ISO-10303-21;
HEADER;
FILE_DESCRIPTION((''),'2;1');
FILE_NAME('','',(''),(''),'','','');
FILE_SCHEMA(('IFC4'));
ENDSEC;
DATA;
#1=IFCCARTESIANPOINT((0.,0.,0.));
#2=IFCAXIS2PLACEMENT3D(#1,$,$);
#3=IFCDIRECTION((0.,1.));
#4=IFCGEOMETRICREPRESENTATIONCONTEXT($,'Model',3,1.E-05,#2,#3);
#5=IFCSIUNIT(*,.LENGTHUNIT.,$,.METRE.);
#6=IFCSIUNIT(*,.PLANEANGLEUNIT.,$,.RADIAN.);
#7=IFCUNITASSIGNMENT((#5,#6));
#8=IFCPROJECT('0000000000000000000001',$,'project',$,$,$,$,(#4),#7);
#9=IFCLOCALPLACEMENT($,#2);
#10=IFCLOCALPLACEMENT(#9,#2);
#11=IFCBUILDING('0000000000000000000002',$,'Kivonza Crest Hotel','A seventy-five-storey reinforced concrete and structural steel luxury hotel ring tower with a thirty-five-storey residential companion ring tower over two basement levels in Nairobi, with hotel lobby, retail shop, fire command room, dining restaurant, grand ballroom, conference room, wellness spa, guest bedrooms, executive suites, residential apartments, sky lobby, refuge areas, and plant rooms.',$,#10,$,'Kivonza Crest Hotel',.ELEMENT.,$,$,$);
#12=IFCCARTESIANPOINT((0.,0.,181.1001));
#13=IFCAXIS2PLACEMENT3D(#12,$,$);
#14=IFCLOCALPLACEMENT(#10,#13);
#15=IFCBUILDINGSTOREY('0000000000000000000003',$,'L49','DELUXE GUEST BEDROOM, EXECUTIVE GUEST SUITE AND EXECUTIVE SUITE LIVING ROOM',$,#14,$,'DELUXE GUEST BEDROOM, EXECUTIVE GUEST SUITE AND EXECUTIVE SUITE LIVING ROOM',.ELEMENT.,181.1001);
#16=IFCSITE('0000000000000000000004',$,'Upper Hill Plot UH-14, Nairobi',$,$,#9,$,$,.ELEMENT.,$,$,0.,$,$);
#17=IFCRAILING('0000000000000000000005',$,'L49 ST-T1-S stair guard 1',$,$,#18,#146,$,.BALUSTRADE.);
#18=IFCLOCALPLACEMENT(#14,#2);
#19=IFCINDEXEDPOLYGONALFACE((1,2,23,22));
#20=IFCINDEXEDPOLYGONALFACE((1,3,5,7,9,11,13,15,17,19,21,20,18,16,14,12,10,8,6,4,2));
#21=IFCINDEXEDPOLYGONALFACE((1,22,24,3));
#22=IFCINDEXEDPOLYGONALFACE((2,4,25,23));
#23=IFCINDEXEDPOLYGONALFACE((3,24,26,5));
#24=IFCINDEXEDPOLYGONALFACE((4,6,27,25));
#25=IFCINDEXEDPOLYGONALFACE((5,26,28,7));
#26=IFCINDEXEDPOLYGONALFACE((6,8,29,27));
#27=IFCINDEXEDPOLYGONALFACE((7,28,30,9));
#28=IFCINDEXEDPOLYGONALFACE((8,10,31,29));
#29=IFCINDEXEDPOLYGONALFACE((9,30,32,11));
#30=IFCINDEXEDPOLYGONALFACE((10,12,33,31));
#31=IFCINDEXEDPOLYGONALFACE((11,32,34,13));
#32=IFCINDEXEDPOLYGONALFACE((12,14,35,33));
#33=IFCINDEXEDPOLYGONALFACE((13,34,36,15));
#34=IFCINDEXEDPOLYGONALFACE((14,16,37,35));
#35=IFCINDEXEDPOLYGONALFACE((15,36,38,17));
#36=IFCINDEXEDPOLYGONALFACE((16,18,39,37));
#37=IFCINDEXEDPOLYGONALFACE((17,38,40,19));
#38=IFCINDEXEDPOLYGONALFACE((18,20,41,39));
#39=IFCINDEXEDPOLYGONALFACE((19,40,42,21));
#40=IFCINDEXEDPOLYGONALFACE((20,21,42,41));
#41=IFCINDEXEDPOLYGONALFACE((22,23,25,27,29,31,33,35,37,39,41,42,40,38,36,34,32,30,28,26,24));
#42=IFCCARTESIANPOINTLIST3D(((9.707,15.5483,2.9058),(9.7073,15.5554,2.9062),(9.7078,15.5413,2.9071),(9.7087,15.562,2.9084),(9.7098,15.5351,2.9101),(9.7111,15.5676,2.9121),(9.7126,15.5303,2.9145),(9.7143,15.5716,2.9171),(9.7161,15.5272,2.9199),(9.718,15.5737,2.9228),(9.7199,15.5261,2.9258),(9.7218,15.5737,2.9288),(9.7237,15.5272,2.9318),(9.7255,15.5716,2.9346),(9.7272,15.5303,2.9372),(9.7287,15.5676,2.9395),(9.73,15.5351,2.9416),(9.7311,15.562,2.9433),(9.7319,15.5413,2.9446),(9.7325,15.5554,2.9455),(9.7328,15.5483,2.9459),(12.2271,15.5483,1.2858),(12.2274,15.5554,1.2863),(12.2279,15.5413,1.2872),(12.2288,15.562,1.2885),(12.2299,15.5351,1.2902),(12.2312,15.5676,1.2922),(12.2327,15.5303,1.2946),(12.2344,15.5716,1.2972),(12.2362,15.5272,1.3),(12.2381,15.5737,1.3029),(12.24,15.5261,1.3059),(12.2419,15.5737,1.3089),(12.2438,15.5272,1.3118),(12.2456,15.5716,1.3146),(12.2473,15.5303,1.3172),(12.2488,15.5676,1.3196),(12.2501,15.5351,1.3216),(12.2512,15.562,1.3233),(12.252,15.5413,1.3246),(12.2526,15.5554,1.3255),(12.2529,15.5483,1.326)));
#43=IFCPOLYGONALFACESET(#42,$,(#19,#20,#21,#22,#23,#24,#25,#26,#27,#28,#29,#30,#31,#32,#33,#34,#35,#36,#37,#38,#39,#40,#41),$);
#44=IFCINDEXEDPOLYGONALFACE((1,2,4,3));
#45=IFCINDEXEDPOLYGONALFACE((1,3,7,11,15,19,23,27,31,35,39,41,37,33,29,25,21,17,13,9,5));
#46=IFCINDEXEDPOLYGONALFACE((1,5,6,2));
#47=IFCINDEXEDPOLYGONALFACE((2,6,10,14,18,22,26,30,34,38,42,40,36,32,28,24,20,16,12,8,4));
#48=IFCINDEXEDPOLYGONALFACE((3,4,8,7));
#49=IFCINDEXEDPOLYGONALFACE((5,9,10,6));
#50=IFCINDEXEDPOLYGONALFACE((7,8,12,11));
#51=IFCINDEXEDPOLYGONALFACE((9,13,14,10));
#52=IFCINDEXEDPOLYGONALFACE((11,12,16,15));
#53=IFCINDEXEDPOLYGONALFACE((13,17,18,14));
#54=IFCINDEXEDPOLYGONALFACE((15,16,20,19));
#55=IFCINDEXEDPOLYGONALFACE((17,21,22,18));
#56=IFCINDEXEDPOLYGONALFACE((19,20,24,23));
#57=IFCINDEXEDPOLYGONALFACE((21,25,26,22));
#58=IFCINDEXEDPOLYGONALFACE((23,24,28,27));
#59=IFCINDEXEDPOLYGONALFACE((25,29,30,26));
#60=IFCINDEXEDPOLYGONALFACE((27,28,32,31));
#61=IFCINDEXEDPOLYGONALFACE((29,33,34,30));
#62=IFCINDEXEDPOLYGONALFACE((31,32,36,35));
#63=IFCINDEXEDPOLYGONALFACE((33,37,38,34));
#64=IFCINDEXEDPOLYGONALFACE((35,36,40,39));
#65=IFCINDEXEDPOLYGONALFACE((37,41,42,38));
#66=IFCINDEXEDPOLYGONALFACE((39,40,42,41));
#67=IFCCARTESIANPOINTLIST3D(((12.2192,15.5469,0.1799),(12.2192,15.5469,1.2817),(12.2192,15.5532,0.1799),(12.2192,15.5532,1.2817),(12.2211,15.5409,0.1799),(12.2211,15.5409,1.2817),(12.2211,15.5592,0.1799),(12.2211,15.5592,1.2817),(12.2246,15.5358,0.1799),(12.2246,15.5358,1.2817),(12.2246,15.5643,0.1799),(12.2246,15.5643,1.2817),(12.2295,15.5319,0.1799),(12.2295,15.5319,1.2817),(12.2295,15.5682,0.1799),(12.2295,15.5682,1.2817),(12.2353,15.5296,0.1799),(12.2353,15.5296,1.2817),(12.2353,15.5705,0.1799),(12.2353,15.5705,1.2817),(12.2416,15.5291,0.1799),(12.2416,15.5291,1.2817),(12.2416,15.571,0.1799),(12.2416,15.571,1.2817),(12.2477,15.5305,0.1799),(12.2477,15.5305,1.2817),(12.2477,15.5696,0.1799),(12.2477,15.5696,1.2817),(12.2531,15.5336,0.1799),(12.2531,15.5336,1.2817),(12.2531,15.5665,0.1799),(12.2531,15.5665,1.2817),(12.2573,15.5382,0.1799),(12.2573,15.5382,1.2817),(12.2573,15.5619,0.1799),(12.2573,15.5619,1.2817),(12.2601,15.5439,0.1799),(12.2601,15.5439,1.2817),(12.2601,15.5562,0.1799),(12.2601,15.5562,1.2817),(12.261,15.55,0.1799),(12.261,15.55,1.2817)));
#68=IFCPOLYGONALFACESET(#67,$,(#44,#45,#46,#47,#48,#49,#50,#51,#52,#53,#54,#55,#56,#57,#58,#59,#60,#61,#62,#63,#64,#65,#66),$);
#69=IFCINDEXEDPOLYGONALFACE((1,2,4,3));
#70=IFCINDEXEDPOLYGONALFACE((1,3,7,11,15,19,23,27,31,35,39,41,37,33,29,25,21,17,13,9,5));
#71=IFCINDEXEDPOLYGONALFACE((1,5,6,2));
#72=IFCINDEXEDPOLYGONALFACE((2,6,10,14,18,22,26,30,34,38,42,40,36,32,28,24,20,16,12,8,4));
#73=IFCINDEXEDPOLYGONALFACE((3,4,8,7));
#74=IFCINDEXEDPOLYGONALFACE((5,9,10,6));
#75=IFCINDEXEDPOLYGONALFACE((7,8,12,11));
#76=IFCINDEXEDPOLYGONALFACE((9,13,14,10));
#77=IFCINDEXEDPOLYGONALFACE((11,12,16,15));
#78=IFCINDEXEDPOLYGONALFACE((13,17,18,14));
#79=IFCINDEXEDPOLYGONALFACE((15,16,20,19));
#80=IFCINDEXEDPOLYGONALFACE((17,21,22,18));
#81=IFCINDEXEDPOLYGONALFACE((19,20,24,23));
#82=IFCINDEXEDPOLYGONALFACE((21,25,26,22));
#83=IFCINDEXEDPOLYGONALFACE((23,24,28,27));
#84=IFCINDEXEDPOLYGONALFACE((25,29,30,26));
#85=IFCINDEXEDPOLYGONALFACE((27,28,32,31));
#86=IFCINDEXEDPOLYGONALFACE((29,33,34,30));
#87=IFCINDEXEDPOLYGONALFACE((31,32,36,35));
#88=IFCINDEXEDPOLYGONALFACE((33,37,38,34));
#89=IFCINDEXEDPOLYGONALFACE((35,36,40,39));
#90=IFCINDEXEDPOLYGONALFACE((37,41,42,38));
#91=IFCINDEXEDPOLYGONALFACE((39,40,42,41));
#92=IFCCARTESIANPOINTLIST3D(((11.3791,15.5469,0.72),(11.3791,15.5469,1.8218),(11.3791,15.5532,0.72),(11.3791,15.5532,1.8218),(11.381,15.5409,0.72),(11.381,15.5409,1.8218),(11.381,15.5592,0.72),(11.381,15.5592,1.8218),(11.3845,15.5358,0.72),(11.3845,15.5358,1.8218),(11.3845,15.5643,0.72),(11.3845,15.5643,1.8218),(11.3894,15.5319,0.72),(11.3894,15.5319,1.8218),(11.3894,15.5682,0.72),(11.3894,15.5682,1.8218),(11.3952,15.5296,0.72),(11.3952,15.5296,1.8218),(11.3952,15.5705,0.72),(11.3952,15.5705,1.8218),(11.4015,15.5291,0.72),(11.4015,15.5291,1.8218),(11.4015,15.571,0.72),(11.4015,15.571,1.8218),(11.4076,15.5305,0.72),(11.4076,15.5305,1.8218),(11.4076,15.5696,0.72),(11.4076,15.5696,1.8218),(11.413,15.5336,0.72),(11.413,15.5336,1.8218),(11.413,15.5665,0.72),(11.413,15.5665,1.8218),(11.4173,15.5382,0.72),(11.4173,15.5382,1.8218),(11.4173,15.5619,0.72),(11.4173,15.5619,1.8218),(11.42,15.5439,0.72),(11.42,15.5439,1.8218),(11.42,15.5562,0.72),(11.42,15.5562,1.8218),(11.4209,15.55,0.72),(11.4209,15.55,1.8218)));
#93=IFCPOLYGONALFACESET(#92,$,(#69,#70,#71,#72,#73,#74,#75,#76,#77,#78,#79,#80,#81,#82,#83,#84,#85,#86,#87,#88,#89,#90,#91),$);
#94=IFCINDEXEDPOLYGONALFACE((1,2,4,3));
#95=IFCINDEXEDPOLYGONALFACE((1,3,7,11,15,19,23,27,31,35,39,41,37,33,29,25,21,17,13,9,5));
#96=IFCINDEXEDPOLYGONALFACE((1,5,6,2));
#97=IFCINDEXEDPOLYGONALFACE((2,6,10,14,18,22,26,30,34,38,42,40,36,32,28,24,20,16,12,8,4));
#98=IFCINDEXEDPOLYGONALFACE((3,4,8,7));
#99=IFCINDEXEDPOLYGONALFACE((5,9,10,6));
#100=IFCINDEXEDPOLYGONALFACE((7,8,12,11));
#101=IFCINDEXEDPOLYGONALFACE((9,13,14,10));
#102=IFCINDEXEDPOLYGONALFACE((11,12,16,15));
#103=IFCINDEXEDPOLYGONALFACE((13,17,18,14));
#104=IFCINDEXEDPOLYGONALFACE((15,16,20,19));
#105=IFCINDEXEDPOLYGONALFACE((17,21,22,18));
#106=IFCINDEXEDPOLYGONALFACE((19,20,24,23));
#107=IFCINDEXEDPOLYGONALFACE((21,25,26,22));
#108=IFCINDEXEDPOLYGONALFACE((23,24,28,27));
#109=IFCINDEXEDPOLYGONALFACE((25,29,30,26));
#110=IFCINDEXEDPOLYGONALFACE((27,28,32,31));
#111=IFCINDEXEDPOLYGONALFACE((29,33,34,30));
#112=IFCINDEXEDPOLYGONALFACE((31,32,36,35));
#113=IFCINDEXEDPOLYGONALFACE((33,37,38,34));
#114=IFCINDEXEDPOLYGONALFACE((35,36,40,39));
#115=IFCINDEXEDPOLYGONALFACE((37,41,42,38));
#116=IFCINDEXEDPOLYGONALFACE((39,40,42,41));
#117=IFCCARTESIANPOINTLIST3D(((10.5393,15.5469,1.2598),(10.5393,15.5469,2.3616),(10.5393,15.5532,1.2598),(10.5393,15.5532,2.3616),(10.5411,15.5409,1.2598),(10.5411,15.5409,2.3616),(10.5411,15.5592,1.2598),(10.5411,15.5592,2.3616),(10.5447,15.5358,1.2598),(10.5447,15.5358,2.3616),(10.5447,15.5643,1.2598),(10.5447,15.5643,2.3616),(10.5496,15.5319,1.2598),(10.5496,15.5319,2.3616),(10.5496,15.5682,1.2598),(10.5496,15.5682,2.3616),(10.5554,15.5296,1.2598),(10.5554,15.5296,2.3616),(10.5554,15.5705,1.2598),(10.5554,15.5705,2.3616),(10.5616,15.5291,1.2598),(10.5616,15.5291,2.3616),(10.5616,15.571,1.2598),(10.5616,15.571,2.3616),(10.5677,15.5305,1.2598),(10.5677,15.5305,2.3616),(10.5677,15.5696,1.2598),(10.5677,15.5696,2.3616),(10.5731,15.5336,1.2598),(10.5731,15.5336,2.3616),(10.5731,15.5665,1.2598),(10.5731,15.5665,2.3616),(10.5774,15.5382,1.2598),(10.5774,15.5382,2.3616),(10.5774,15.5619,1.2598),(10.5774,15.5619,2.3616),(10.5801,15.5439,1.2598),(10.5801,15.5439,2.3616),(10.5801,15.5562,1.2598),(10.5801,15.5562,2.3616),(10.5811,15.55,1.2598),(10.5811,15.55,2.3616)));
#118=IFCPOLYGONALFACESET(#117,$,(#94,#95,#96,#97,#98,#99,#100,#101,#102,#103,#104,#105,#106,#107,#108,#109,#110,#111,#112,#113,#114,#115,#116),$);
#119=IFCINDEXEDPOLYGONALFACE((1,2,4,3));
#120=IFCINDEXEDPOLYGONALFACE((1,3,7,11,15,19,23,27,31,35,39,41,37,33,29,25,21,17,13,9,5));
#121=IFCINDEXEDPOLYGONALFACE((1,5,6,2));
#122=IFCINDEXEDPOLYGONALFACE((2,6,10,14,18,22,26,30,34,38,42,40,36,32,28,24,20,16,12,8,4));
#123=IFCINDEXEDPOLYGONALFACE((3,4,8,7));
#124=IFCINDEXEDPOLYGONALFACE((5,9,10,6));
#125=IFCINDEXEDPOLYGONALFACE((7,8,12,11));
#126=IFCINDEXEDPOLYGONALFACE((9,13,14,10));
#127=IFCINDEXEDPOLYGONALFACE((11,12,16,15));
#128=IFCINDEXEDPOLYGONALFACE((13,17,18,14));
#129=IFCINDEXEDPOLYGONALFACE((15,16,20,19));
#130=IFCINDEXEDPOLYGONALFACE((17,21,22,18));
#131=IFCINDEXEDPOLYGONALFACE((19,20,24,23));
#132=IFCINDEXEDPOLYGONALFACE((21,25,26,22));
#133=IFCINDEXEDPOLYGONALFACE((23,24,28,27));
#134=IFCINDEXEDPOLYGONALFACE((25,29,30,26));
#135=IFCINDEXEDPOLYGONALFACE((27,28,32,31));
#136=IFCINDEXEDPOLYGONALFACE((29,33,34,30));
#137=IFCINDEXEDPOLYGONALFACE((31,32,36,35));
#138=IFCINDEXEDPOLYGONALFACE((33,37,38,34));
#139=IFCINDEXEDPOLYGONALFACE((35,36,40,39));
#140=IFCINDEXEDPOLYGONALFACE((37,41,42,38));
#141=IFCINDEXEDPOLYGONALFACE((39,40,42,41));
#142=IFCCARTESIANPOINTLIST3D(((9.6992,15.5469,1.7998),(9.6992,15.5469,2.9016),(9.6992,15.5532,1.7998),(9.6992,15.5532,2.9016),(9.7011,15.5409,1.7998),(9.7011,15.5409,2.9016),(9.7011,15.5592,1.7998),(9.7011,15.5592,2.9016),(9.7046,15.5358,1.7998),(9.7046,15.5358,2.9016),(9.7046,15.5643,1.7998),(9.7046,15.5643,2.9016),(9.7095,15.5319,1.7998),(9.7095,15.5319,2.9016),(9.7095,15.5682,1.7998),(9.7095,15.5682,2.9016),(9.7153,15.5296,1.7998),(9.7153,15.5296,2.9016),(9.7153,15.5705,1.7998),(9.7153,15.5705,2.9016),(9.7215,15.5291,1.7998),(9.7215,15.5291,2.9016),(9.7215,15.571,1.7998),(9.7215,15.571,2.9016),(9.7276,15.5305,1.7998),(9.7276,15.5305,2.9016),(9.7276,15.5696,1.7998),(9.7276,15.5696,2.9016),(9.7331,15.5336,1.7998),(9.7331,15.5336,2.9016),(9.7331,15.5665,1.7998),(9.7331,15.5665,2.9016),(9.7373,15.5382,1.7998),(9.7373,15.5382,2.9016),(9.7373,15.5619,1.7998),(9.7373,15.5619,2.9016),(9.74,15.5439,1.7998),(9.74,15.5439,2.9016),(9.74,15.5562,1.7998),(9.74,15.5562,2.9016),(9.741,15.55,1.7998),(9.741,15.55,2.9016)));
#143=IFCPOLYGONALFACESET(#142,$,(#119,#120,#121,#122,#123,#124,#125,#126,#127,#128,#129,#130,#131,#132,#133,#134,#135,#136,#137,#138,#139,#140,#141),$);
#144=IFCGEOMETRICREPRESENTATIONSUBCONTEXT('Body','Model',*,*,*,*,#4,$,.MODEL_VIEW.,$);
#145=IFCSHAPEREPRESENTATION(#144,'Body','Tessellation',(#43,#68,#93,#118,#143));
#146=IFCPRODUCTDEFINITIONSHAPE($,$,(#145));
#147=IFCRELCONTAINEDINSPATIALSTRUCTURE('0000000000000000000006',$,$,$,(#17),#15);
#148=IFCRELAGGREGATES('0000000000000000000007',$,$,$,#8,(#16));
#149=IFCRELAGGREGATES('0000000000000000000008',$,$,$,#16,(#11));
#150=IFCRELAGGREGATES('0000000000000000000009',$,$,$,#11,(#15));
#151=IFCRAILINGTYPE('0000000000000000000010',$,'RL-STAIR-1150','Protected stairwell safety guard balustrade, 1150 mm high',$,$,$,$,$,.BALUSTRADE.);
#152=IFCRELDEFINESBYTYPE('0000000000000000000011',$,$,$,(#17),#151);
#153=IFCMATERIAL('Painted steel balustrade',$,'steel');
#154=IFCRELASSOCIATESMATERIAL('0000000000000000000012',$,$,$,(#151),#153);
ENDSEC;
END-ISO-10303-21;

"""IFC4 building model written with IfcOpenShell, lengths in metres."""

from ifc_helpers import new_model, si_unit, direction, frame, origin, origin_2d, place, context, subcontext, project, spatial, circle, extrude, material, type_object, element, save


model = new_model("IFC4")

# Units and contexts
model_context = context("Model", 3, precision=1e-05, world=origin(), true_north=direction((0.0, 1.0)))
body_context = subcontext(model_context, "Body", "Model", "MODEL_VIEW")
ifc_project = project(units=[si_unit("LENGTHUNIT", "METRE"), si_unit("PLANEANGLEUNIT", "RADIAN")], contexts=[model_context])

# Site, building, storey
site_placement = place(None, origin())
site = spatial("IfcSite", under=ifc_project, at=site_placement, Name="Upper Hill Plot UH-14, Nairobi", CompositionType="ELEMENT", RefElevation=0.0)
building_placement = place(site_placement, origin())
building = spatial("IfcBuilding", under=site, at=building_placement, Name="Kivonza Crest Hotel", Description="A seventy-five-storey reinforced concrete and structural steel luxury hotel ring tower with a thirty-five-storey residential companion ring tower over two basement levels in Nairobi, with hotel lobby, retail shop, fire command room, dining restaurant, grand ballroom, conference room, wellness spa, guest bedrooms, executive suites, residential apartments, sky lobby, refuge areas, and plant rooms.", LongName="Kivonza Crest Hotel", CompositionType="ELEMENT")
storey_placement = place(building_placement, frame((0.0, 0.0, 181.1001)))
storey = spatial("IfcBuildingStorey", under=building, at=storey_placement, Name="L49", Description="DELUXE GUEST BEDROOM, EXECUTIVE GUEST SUITE AND EXECUTIVE SUITE LIVING ROOM", LongName="DELUXE GUEST BEDROOM, EXECUTIVE GUEST SUITE AND EXECUTIVE SUITE LIVING ROOM", CompositionType="ELEMENT", Elevation=181.1001)

# Railing
ifc_material_1 = material(Name="Painted steel balustrade", Category="steel")
railing_type_1 = type_object("IfcRailingType", Name="RL-STAIR-1150", Description="Protected stairwell safety guard balustrade, 1150 mm high", PredefinedType="BALUSTRADE", material=ifc_material_1)
railing_1_placement = place(storey_placement, frame((12.24, 15.55, 0.1799)))
element("IfcRailing", 1, at=railing_1_placement, inside=storey, type_object=railing_type_1, Name="L49 ST-T1-S stair guard 1", PredefinedType="BALUSTRADE", context=body_context, shape_type="SweptSolid", body=[
    extrude(circle(Radius=0.0239, at=origin_2d()), frame((0.0, 0.0, 1.126), z_axis=(-0.8412, 0.0, 0.540725), x_axis=(0.0, -1.0, 0.0)), (0.0, 0.0, 1.0), 2.9958),
    extrude(circle(Radius=0.021, at=origin_2d()), origin(), (0.0, 0.0, 1.0), 1.1018),
    extrude(circle(Radius=0.021, at=origin_2d()), frame((-0.8401, 0.0, 0.54)), (0.0, 0.0, 1.0), 1.1018),
    extrude(circle(Radius=0.021, at=origin_2d()), frame((-1.6799, 0.0, 1.0798)), (0.0, 0.0, 1.0), 1.1018),
    extrude(circle(Radius=0.021, at=origin_2d()), frame((-2.52, 0.0, 1.6199)), (0.0, 0.0, 1.0), 1.1018),
])

save(model, "model.ifc")
